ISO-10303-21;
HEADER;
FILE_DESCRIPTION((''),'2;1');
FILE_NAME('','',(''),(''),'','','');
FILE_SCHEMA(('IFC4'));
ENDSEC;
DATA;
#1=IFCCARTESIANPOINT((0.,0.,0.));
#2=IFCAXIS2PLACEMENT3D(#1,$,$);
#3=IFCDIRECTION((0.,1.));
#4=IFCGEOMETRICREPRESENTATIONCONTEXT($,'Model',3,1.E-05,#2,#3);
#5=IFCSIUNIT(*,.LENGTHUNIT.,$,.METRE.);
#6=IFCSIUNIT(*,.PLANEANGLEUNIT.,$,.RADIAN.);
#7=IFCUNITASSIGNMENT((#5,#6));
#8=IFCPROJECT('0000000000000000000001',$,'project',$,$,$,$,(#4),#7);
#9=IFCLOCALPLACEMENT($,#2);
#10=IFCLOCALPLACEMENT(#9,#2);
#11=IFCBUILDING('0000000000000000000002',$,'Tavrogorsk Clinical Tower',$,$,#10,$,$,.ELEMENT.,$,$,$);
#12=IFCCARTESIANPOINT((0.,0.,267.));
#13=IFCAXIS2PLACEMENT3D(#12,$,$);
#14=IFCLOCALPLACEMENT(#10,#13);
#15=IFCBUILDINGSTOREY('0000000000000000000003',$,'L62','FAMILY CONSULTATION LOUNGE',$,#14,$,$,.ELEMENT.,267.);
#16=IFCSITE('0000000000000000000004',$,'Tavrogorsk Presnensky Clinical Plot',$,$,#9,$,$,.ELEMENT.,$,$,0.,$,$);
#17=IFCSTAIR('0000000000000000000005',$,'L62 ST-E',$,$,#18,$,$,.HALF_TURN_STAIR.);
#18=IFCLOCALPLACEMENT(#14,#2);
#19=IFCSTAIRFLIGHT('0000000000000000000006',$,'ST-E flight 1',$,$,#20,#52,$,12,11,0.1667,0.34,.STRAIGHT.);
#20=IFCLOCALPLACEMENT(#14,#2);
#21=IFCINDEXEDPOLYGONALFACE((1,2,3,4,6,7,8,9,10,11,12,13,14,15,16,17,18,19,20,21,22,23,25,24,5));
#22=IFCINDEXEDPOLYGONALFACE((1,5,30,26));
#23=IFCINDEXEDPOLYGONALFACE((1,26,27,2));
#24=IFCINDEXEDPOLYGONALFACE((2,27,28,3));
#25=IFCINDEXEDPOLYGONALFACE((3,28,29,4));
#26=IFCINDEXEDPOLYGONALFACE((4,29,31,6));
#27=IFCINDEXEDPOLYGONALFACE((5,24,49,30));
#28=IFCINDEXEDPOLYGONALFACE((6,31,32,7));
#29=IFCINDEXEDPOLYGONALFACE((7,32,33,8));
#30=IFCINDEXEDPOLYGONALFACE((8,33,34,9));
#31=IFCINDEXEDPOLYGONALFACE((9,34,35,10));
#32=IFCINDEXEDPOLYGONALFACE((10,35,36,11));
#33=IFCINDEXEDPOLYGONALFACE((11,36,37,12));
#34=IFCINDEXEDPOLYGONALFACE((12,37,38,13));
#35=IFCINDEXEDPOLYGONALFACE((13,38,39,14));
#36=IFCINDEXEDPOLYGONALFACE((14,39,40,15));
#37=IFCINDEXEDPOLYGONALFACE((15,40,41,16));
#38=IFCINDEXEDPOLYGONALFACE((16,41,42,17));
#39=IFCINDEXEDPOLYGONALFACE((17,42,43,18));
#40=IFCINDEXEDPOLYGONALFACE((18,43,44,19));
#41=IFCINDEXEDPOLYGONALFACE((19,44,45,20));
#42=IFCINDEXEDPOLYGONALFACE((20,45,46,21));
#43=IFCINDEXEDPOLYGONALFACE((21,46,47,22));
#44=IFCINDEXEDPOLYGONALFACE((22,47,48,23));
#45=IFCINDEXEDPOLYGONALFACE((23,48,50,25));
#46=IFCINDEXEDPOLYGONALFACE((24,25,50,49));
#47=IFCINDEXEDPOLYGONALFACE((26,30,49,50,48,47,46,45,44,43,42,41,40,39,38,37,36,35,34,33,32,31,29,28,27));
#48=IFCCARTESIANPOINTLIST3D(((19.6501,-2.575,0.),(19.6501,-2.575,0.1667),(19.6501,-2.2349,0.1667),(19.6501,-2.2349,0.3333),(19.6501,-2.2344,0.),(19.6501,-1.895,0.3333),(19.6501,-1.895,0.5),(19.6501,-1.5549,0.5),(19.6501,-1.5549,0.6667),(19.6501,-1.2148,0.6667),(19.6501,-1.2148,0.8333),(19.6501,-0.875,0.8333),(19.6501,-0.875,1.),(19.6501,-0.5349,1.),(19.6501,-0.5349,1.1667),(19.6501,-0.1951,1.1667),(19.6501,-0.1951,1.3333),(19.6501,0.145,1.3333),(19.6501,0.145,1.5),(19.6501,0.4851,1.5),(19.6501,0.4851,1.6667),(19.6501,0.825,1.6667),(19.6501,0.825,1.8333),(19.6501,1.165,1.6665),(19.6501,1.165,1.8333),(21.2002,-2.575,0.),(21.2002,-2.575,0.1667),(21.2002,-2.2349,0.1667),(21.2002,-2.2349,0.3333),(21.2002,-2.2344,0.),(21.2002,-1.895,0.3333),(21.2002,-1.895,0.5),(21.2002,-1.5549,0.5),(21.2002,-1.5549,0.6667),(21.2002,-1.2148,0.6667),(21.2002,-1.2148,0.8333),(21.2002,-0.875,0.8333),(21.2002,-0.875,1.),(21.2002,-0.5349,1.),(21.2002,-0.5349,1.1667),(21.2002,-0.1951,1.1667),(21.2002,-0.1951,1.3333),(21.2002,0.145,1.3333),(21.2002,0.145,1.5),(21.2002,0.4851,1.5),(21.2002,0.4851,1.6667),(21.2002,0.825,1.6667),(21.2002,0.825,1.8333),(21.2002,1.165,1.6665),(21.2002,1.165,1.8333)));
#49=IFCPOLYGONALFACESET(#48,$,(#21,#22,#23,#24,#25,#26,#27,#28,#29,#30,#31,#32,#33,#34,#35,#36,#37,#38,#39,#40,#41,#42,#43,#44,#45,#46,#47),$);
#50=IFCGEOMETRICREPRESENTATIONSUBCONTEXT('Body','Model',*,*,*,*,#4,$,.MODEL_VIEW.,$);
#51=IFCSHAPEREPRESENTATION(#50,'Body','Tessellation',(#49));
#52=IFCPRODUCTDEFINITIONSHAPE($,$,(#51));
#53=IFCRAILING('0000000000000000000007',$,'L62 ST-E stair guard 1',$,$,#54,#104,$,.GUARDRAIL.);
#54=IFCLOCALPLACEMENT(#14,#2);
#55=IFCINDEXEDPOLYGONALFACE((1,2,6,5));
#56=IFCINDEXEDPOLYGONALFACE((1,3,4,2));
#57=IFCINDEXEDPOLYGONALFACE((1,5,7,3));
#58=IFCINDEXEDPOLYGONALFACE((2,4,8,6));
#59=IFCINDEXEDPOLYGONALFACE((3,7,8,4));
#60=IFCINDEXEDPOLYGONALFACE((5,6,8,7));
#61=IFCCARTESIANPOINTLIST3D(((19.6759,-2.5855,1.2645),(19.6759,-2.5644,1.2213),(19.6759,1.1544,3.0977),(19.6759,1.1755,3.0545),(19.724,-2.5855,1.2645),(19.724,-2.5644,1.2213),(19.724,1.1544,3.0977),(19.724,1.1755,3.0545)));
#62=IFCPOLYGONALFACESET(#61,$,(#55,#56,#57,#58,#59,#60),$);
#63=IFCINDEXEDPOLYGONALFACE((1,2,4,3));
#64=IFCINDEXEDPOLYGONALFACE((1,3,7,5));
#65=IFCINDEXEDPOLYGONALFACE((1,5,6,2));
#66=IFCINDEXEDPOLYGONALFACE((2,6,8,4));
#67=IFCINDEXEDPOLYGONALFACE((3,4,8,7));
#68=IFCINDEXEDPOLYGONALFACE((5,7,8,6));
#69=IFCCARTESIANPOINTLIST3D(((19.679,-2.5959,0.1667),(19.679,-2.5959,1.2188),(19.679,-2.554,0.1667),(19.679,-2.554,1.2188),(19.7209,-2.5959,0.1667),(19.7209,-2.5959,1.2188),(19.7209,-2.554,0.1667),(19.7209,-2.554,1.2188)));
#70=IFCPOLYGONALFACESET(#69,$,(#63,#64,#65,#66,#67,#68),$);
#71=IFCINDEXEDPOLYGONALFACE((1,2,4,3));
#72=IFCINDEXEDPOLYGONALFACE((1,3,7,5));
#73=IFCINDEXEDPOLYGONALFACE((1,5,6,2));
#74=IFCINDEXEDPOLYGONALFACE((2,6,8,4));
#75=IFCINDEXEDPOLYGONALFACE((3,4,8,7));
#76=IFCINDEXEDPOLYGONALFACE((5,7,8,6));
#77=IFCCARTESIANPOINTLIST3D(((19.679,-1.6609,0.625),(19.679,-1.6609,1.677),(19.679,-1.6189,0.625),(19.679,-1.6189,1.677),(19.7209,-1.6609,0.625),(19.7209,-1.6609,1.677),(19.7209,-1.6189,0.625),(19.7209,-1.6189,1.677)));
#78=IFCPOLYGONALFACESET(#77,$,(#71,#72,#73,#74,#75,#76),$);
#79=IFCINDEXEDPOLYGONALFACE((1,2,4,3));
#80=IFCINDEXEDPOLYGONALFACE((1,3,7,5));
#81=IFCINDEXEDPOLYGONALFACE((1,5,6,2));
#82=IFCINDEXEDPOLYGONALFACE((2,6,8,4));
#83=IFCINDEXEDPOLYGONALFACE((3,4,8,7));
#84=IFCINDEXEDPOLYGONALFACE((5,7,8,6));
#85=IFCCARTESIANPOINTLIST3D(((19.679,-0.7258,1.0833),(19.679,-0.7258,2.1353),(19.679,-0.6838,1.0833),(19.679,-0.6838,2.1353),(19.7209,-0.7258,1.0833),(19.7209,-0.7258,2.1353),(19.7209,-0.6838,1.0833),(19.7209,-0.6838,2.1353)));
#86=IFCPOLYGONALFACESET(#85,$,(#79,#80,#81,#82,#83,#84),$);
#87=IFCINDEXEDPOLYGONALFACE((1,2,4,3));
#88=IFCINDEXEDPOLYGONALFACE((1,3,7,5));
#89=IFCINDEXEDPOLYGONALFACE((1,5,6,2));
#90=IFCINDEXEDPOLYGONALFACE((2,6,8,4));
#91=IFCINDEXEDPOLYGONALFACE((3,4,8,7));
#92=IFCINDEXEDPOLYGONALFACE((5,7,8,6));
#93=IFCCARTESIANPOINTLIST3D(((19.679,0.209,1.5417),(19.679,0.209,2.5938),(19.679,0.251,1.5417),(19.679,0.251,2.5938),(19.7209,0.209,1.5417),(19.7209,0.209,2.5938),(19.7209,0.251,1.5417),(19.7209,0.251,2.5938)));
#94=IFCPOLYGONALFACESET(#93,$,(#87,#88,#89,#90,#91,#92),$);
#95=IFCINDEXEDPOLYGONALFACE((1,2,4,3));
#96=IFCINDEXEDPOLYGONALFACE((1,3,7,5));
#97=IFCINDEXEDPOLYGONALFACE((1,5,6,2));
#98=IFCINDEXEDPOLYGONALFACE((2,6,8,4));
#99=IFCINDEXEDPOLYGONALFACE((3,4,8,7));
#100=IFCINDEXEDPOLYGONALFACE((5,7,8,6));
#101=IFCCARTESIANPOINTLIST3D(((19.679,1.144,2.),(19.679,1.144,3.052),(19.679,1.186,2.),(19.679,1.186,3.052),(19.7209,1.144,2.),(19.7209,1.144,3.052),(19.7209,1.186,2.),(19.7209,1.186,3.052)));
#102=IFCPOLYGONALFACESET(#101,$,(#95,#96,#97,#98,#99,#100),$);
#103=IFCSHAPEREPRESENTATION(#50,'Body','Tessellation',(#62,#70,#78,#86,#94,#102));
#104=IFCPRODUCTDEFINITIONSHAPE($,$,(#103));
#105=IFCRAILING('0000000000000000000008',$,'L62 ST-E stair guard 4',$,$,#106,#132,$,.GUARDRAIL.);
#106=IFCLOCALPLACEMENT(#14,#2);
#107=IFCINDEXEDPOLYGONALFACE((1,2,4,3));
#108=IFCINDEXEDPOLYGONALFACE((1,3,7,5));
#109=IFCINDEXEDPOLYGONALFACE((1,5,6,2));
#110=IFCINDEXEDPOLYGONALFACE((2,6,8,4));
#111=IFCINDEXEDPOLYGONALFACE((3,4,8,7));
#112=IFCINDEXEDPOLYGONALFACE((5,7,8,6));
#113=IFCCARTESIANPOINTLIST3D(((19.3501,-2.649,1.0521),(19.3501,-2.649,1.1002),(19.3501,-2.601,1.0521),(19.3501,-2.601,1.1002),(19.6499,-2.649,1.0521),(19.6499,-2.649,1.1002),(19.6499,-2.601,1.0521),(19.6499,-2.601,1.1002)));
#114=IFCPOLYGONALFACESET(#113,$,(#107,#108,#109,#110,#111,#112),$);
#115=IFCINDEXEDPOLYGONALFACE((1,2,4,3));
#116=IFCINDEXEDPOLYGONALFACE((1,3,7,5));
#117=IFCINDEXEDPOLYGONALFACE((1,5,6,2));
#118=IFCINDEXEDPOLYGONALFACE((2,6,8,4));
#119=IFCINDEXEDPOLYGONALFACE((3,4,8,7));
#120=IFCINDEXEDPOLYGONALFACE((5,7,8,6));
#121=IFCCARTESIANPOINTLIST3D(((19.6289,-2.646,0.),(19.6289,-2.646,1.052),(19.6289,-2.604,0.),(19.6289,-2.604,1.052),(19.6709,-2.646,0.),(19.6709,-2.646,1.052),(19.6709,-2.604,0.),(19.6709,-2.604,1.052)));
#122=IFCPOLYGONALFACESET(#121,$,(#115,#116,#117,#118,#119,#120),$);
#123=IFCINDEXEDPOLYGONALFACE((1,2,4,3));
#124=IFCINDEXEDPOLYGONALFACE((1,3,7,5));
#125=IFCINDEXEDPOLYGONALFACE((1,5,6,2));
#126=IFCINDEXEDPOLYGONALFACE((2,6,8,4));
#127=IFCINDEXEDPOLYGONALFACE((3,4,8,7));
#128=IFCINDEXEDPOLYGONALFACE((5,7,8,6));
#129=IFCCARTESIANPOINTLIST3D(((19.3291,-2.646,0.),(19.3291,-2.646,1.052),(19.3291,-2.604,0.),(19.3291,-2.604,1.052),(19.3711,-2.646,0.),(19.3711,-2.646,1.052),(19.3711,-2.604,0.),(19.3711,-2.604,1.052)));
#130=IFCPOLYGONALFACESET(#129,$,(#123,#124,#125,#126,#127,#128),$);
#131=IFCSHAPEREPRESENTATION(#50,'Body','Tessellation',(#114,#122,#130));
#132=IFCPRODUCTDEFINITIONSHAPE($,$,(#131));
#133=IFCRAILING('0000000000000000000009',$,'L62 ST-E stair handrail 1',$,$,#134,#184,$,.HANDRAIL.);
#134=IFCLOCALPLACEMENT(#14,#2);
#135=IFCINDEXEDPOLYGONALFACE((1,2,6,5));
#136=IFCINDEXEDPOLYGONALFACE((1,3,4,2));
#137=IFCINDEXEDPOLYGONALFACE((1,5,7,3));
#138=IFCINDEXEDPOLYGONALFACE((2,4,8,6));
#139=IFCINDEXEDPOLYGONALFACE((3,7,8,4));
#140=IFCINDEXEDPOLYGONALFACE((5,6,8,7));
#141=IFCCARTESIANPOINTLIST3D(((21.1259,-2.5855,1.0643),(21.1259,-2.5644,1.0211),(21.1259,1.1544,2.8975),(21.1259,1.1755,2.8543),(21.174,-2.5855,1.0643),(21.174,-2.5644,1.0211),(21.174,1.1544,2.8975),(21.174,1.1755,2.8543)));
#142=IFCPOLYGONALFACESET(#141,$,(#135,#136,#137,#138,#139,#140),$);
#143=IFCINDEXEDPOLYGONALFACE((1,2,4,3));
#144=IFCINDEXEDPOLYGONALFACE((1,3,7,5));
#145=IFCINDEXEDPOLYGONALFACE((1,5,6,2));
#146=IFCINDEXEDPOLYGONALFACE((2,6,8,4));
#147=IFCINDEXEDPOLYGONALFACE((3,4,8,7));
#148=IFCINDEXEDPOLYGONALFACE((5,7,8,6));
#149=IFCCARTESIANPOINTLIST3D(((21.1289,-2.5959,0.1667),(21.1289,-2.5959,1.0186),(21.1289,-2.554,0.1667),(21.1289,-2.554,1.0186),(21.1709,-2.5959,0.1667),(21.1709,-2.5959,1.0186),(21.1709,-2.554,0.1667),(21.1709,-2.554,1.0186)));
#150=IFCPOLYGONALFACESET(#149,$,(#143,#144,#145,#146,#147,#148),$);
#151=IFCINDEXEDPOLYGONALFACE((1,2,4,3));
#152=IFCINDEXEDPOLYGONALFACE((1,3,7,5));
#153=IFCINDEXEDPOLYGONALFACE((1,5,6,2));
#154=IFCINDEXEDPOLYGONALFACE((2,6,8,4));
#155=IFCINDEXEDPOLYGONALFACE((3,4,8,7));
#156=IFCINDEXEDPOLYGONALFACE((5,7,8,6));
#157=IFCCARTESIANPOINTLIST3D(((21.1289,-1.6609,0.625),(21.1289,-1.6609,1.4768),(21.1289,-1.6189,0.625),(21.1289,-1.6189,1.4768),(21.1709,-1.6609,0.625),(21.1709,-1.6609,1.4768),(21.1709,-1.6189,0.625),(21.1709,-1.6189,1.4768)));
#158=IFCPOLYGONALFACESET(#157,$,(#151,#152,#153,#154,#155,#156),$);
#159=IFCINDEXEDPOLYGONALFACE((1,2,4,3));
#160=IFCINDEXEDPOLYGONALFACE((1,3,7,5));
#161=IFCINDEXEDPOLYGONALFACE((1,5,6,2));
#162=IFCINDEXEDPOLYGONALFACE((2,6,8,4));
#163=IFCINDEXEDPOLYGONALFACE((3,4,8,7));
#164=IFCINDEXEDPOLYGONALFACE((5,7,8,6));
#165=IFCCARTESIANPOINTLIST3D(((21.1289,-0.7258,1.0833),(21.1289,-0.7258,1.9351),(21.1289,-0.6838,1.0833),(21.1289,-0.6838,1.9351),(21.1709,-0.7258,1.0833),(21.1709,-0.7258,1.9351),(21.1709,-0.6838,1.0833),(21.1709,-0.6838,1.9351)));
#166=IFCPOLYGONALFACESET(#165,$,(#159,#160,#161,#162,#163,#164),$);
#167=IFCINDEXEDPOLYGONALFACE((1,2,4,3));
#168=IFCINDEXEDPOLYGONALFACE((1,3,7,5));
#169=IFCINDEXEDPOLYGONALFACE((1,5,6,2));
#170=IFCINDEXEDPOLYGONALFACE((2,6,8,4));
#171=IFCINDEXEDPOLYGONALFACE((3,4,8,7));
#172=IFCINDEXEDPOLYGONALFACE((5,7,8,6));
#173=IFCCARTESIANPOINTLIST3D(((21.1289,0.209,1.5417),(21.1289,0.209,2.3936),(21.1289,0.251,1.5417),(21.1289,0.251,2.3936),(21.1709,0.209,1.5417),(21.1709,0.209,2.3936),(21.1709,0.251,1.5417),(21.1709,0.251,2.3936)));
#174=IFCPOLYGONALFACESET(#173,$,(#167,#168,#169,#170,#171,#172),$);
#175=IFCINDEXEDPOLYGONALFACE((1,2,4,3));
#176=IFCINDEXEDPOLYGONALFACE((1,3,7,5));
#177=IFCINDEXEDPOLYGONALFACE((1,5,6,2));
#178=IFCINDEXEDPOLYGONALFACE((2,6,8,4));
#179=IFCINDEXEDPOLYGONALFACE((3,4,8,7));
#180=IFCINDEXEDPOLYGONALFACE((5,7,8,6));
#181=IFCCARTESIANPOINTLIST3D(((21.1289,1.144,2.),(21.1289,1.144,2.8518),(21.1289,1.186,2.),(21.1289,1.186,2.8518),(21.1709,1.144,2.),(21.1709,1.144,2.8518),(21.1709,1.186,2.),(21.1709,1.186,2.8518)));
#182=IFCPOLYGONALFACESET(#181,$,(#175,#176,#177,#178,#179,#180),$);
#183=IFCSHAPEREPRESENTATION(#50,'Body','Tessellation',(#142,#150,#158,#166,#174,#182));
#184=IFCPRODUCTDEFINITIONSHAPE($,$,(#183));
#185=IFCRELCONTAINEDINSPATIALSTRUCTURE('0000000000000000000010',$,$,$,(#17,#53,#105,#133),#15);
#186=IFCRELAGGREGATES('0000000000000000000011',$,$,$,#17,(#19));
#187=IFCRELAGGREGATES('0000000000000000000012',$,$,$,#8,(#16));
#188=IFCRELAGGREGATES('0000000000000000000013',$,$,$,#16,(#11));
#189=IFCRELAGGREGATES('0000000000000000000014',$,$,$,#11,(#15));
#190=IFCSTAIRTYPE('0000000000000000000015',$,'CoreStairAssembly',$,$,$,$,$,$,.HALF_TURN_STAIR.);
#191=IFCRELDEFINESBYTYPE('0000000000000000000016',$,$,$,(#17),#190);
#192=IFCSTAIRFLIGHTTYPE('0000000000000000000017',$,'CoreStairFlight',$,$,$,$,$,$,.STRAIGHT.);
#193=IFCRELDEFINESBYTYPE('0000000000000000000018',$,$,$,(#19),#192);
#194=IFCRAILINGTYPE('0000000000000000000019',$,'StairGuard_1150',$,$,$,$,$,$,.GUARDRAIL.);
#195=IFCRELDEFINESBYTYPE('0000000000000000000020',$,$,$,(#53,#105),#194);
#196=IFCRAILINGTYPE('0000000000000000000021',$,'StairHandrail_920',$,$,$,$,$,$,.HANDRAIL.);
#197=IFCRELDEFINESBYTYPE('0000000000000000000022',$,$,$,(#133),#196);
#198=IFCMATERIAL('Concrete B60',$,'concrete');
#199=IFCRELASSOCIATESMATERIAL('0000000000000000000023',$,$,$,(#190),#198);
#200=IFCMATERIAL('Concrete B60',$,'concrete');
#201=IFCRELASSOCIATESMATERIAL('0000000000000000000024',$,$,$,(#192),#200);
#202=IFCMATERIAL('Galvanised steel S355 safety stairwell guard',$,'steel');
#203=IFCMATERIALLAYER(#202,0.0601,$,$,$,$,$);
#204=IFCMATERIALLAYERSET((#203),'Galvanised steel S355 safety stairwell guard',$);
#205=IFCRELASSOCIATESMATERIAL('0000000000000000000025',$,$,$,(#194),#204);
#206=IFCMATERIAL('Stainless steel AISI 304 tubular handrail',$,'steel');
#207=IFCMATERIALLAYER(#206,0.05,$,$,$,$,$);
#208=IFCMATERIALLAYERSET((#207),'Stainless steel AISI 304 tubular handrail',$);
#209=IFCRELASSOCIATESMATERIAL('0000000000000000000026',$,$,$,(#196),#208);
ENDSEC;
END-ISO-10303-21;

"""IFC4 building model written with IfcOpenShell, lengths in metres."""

from ifc_helpers import new_model, si_unit, direction, frame, origin, origin_2d, place, context, subcontext, project, spatial, polyline, rectangle, outline, extrude, material, layer, layer_set, type_object, element, aggregate, save


model = new_model("IFC4")

# Units and contexts
model_context = context("Model", 3, precision=1e-05, world=origin(), true_north=direction((0.0, 1.0)))
body_context = subcontext(model_context, "Body", "Model", "MODEL_VIEW")
ifc_project = project(units=[si_unit("LENGTHUNIT", "METRE"), si_unit("PLANEANGLEUNIT", "RADIAN")], contexts=[model_context])

# Site, building, storey
site_placement = place(None, origin())
site = spatial("IfcSite", under=ifc_project, at=site_placement, Name="Tavrogorsk Presnensky Clinical Plot", CompositionType="ELEMENT", RefElevation=0.0)
building_placement = place(site_placement, origin())
building = spatial("IfcBuilding", under=site, at=building_placement, Name="Tavrogorsk Clinical Tower", CompositionType="ELEMENT")
storey_placement = place(building_placement, frame((0.0, 0.0, 267.0)))
storey = spatial("IfcBuildingStorey", under=building, at=storey_placement, Name="L62", Description="FAMILY CONSULTATION LOUNGE", CompositionType="ELEMENT", Elevation=267.0)

# Stair, stair flight
ifc_material_1 = material(Name="Concrete B60", Category="concrete")
stair_type = type_object("IfcStairType", Name="CoreStairAssembly", PredefinedType="HALF_TURN_STAIR", material=ifc_material_1)
stair_placement = place(storey_placement, origin())
stair = element("IfcStair", 1, at=stair_placement, inside=storey, type_object=stair_type, Name="L62 ST-E", PredefinedType="HALF_TURN_STAIR")
ifc_material_2 = material(Name="Concrete B60", Category="concrete")
stair_flight_type = type_object("IfcStairFlightType", Name="CoreStairFlight", PredefinedType="STRAIGHT", material=ifc_material_2)
stair_flight_placement = place(storey_placement, frame((20.425, -2.575, 0.0), z_axis=(0.0, 0.0, 1.0), x_axis=(0.0, 1.0, 0.0)))
stair_flight = element("IfcStairFlight", 2, at=stair_flight_placement, type_object=stair_flight_type, Name="ST-E flight 1", NumberOfRisers=12, NumberOfTreads=11, PredefinedType="STRAIGHT", RiserHeight=0.1667, TreadLength=0.34, context=body_context, shape_type="SweptSolid", body=[
    extrude(outline(polyline([(0.0, 0.0), (0.0, 0.1667), (0.3401, 0.1667), (0.3401, 0.3333), (0.6799, 0.3333), (0.6799, 0.5), (1.02, 0.5), (1.02, 0.6667), (1.3601, 0.6667), (1.3601, 0.8333), (1.7, 0.8333), (1.7, 1.0), (2.04, 1.0), (2.04, 1.1667), (2.3799, 1.1667), (2.3799, 1.3333), (2.72, 1.3333), (2.72, 1.5), (3.0601, 1.5), (3.0601, 1.6667), (3.3999, 1.6667), (3.3999, 1.8333), (3.74, 1.8333), (3.74, 2.0), (3.74, 1.6665), (0.3406, 0.0), (0.0, 0.0)])), frame((0.0, 0.7749, 0.0), z_axis=(0.0, -1.0, 0.0), x_axis=(1.0, 0.0, 0.0)), (0.0, 0.0, 1.0), 1.55),
])
aggregate(stair, [stair_flight])

# Railings
ifc_material_3 = material(Name="Galvanised steel S355 safety stairwell guard", Category="steel")
ifc_layer_1 = layer(ifc_material_3, 0.0601)
ifc_layer_set_1 = layer_set([ifc_layer_1], Name="Galvanised steel S355 safety stairwell guard")
railing_type_1 = type_object("IfcRailingType", Name="StairGuard_1150", PredefinedType="GUARDRAIL", material=ifc_layer_set_1)
railing_1_placement = place(storey_placement, frame((19.7, -2.575, 0.1667)))
element("IfcRailing", 3, at=railing_1_placement, inside=storey, type_object=railing_type_1, Name="L62 ST-E stair guard 1", PredefinedType="GUARDRAIL", context=body_context, shape_type="SweptSolid", body=[
    extrude(rectangle(XDim=0.0481, YDim=0.0481, at=origin_2d()), frame((0.0, 0.0, 1.0762), z_axis=(0.0, 0.897928, 0.440142), x_axis=(-1.0, 0.0, 0.0)), (0.0, 0.0, 1.0), 4.165),
    extrude(rectangle(XDim=0.042, YDim=0.042, at=origin_2d()), origin(), (0.0, 0.0, 1.0), 1.052),
    extrude(rectangle(XDim=0.042, YDim=0.042, at=origin_2d()), frame((0.0, 0.9351, 0.4583)), (0.0, 0.0, 1.0), 1.052),
    extrude(rectangle(XDim=0.042, YDim=0.042, at=origin_2d()), frame((0.0, 1.8701, 0.9165)), (0.0, 0.0, 1.0), 1.052),
    extrude(rectangle(XDim=0.042, YDim=0.042, at=origin_2d()), frame((0.0, 2.8049, 1.375)), (0.0, 0.0, 1.0), 1.052),
    extrude(rectangle(XDim=0.042, YDim=0.042, at=origin_2d()), frame((0.0, 3.74, 1.8333)), (0.0, 0.0, 1.0), 1.052),
])
railing_2_placement = place(storey_placement, frame((19.6499, -2.625, 0.0)))
element("IfcRailing", 4, at=railing_2_placement, inside=storey, type_object=railing_type_1, Name="L62 ST-E stair guard 4", PredefinedType="GUARDRAIL", context=body_context, shape_type="SweptSolid", body=[
    extrude(rectangle(XDim=0.0481, YDim=0.0481, at=origin_2d()), frame((0.0, 0.0, 1.0762), z_axis=(-1.0, 0.0, 0.0), x_axis=(0.0, -1.0, 0.0)), (0.0, 0.0, 1.0), 0.2998),
    extrude(rectangle(XDim=0.042, YDim=0.042, at=origin_2d()), origin(), (0.0, 0.0, 1.0), 1.052),
    extrude(rectangle(XDim=0.042, YDim=0.042, at=origin_2d()), frame((-0.2998, 0.0, 0.0)), (0.0, 0.0, 1.0), 1.052),
])
ifc_material_4 = material(Name="Stainless steel AISI 304 tubular handrail", Category="steel")
ifc_layer_2 = layer(ifc_material_4, 0.05)
ifc_layer_set_2 = layer_set([ifc_layer_2], Name="Stainless steel AISI 304 tubular handrail")
railing_type_2 = type_object("IfcRailingType", Name="StairHandrail_920", PredefinedType="HANDRAIL", material=ifc_layer_set_2)
railing_3_placement = place(storey_placement, frame((21.1499, -2.575, 0.1667)))
element("IfcRailing", 5, at=railing_3_placement, inside=storey, type_object=railing_type_2, Name="L62 ST-E stair handrail 1", PredefinedType="HANDRAIL", context=body_context, shape_type="SweptSolid", body=[
    extrude(rectangle(XDim=0.0481, YDim=0.0481, at=origin_2d()), frame((0.0, 0.0, 0.876), z_axis=(0.0, 0.897928, 0.440142), x_axis=(-1.0, 0.0, 0.0)), (0.0, 0.0, 1.0), 4.165),
    extrude(rectangle(XDim=0.042, YDim=0.042, at=origin_2d()), origin(), (0.0, 0.0, 1.0), 0.8518),
    extrude(rectangle(XDim=0.042, YDim=0.042, at=origin_2d()), frame((0.0, 0.9351, 0.4583)), (0.0, 0.0, 1.0), 0.8518),
    extrude(rectangle(XDim=0.042, YDim=0.042, at=origin_2d()), frame((0.0, 1.8701, 0.9165)), (0.0, 0.0, 1.0), 0.8518),
    extrude(rectangle(XDim=0.042, YDim=0.042, at=origin_2d()), frame((0.0, 2.8049, 1.375)), (0.0, 0.0, 1.0), 0.8518),
    extrude(rectangle(XDim=0.042, YDim=0.042, at=origin_2d()), frame((0.0, 3.74, 1.8333)), (0.0, 0.0, 1.0), 0.8518),
])

save(model, "model.ifc")
